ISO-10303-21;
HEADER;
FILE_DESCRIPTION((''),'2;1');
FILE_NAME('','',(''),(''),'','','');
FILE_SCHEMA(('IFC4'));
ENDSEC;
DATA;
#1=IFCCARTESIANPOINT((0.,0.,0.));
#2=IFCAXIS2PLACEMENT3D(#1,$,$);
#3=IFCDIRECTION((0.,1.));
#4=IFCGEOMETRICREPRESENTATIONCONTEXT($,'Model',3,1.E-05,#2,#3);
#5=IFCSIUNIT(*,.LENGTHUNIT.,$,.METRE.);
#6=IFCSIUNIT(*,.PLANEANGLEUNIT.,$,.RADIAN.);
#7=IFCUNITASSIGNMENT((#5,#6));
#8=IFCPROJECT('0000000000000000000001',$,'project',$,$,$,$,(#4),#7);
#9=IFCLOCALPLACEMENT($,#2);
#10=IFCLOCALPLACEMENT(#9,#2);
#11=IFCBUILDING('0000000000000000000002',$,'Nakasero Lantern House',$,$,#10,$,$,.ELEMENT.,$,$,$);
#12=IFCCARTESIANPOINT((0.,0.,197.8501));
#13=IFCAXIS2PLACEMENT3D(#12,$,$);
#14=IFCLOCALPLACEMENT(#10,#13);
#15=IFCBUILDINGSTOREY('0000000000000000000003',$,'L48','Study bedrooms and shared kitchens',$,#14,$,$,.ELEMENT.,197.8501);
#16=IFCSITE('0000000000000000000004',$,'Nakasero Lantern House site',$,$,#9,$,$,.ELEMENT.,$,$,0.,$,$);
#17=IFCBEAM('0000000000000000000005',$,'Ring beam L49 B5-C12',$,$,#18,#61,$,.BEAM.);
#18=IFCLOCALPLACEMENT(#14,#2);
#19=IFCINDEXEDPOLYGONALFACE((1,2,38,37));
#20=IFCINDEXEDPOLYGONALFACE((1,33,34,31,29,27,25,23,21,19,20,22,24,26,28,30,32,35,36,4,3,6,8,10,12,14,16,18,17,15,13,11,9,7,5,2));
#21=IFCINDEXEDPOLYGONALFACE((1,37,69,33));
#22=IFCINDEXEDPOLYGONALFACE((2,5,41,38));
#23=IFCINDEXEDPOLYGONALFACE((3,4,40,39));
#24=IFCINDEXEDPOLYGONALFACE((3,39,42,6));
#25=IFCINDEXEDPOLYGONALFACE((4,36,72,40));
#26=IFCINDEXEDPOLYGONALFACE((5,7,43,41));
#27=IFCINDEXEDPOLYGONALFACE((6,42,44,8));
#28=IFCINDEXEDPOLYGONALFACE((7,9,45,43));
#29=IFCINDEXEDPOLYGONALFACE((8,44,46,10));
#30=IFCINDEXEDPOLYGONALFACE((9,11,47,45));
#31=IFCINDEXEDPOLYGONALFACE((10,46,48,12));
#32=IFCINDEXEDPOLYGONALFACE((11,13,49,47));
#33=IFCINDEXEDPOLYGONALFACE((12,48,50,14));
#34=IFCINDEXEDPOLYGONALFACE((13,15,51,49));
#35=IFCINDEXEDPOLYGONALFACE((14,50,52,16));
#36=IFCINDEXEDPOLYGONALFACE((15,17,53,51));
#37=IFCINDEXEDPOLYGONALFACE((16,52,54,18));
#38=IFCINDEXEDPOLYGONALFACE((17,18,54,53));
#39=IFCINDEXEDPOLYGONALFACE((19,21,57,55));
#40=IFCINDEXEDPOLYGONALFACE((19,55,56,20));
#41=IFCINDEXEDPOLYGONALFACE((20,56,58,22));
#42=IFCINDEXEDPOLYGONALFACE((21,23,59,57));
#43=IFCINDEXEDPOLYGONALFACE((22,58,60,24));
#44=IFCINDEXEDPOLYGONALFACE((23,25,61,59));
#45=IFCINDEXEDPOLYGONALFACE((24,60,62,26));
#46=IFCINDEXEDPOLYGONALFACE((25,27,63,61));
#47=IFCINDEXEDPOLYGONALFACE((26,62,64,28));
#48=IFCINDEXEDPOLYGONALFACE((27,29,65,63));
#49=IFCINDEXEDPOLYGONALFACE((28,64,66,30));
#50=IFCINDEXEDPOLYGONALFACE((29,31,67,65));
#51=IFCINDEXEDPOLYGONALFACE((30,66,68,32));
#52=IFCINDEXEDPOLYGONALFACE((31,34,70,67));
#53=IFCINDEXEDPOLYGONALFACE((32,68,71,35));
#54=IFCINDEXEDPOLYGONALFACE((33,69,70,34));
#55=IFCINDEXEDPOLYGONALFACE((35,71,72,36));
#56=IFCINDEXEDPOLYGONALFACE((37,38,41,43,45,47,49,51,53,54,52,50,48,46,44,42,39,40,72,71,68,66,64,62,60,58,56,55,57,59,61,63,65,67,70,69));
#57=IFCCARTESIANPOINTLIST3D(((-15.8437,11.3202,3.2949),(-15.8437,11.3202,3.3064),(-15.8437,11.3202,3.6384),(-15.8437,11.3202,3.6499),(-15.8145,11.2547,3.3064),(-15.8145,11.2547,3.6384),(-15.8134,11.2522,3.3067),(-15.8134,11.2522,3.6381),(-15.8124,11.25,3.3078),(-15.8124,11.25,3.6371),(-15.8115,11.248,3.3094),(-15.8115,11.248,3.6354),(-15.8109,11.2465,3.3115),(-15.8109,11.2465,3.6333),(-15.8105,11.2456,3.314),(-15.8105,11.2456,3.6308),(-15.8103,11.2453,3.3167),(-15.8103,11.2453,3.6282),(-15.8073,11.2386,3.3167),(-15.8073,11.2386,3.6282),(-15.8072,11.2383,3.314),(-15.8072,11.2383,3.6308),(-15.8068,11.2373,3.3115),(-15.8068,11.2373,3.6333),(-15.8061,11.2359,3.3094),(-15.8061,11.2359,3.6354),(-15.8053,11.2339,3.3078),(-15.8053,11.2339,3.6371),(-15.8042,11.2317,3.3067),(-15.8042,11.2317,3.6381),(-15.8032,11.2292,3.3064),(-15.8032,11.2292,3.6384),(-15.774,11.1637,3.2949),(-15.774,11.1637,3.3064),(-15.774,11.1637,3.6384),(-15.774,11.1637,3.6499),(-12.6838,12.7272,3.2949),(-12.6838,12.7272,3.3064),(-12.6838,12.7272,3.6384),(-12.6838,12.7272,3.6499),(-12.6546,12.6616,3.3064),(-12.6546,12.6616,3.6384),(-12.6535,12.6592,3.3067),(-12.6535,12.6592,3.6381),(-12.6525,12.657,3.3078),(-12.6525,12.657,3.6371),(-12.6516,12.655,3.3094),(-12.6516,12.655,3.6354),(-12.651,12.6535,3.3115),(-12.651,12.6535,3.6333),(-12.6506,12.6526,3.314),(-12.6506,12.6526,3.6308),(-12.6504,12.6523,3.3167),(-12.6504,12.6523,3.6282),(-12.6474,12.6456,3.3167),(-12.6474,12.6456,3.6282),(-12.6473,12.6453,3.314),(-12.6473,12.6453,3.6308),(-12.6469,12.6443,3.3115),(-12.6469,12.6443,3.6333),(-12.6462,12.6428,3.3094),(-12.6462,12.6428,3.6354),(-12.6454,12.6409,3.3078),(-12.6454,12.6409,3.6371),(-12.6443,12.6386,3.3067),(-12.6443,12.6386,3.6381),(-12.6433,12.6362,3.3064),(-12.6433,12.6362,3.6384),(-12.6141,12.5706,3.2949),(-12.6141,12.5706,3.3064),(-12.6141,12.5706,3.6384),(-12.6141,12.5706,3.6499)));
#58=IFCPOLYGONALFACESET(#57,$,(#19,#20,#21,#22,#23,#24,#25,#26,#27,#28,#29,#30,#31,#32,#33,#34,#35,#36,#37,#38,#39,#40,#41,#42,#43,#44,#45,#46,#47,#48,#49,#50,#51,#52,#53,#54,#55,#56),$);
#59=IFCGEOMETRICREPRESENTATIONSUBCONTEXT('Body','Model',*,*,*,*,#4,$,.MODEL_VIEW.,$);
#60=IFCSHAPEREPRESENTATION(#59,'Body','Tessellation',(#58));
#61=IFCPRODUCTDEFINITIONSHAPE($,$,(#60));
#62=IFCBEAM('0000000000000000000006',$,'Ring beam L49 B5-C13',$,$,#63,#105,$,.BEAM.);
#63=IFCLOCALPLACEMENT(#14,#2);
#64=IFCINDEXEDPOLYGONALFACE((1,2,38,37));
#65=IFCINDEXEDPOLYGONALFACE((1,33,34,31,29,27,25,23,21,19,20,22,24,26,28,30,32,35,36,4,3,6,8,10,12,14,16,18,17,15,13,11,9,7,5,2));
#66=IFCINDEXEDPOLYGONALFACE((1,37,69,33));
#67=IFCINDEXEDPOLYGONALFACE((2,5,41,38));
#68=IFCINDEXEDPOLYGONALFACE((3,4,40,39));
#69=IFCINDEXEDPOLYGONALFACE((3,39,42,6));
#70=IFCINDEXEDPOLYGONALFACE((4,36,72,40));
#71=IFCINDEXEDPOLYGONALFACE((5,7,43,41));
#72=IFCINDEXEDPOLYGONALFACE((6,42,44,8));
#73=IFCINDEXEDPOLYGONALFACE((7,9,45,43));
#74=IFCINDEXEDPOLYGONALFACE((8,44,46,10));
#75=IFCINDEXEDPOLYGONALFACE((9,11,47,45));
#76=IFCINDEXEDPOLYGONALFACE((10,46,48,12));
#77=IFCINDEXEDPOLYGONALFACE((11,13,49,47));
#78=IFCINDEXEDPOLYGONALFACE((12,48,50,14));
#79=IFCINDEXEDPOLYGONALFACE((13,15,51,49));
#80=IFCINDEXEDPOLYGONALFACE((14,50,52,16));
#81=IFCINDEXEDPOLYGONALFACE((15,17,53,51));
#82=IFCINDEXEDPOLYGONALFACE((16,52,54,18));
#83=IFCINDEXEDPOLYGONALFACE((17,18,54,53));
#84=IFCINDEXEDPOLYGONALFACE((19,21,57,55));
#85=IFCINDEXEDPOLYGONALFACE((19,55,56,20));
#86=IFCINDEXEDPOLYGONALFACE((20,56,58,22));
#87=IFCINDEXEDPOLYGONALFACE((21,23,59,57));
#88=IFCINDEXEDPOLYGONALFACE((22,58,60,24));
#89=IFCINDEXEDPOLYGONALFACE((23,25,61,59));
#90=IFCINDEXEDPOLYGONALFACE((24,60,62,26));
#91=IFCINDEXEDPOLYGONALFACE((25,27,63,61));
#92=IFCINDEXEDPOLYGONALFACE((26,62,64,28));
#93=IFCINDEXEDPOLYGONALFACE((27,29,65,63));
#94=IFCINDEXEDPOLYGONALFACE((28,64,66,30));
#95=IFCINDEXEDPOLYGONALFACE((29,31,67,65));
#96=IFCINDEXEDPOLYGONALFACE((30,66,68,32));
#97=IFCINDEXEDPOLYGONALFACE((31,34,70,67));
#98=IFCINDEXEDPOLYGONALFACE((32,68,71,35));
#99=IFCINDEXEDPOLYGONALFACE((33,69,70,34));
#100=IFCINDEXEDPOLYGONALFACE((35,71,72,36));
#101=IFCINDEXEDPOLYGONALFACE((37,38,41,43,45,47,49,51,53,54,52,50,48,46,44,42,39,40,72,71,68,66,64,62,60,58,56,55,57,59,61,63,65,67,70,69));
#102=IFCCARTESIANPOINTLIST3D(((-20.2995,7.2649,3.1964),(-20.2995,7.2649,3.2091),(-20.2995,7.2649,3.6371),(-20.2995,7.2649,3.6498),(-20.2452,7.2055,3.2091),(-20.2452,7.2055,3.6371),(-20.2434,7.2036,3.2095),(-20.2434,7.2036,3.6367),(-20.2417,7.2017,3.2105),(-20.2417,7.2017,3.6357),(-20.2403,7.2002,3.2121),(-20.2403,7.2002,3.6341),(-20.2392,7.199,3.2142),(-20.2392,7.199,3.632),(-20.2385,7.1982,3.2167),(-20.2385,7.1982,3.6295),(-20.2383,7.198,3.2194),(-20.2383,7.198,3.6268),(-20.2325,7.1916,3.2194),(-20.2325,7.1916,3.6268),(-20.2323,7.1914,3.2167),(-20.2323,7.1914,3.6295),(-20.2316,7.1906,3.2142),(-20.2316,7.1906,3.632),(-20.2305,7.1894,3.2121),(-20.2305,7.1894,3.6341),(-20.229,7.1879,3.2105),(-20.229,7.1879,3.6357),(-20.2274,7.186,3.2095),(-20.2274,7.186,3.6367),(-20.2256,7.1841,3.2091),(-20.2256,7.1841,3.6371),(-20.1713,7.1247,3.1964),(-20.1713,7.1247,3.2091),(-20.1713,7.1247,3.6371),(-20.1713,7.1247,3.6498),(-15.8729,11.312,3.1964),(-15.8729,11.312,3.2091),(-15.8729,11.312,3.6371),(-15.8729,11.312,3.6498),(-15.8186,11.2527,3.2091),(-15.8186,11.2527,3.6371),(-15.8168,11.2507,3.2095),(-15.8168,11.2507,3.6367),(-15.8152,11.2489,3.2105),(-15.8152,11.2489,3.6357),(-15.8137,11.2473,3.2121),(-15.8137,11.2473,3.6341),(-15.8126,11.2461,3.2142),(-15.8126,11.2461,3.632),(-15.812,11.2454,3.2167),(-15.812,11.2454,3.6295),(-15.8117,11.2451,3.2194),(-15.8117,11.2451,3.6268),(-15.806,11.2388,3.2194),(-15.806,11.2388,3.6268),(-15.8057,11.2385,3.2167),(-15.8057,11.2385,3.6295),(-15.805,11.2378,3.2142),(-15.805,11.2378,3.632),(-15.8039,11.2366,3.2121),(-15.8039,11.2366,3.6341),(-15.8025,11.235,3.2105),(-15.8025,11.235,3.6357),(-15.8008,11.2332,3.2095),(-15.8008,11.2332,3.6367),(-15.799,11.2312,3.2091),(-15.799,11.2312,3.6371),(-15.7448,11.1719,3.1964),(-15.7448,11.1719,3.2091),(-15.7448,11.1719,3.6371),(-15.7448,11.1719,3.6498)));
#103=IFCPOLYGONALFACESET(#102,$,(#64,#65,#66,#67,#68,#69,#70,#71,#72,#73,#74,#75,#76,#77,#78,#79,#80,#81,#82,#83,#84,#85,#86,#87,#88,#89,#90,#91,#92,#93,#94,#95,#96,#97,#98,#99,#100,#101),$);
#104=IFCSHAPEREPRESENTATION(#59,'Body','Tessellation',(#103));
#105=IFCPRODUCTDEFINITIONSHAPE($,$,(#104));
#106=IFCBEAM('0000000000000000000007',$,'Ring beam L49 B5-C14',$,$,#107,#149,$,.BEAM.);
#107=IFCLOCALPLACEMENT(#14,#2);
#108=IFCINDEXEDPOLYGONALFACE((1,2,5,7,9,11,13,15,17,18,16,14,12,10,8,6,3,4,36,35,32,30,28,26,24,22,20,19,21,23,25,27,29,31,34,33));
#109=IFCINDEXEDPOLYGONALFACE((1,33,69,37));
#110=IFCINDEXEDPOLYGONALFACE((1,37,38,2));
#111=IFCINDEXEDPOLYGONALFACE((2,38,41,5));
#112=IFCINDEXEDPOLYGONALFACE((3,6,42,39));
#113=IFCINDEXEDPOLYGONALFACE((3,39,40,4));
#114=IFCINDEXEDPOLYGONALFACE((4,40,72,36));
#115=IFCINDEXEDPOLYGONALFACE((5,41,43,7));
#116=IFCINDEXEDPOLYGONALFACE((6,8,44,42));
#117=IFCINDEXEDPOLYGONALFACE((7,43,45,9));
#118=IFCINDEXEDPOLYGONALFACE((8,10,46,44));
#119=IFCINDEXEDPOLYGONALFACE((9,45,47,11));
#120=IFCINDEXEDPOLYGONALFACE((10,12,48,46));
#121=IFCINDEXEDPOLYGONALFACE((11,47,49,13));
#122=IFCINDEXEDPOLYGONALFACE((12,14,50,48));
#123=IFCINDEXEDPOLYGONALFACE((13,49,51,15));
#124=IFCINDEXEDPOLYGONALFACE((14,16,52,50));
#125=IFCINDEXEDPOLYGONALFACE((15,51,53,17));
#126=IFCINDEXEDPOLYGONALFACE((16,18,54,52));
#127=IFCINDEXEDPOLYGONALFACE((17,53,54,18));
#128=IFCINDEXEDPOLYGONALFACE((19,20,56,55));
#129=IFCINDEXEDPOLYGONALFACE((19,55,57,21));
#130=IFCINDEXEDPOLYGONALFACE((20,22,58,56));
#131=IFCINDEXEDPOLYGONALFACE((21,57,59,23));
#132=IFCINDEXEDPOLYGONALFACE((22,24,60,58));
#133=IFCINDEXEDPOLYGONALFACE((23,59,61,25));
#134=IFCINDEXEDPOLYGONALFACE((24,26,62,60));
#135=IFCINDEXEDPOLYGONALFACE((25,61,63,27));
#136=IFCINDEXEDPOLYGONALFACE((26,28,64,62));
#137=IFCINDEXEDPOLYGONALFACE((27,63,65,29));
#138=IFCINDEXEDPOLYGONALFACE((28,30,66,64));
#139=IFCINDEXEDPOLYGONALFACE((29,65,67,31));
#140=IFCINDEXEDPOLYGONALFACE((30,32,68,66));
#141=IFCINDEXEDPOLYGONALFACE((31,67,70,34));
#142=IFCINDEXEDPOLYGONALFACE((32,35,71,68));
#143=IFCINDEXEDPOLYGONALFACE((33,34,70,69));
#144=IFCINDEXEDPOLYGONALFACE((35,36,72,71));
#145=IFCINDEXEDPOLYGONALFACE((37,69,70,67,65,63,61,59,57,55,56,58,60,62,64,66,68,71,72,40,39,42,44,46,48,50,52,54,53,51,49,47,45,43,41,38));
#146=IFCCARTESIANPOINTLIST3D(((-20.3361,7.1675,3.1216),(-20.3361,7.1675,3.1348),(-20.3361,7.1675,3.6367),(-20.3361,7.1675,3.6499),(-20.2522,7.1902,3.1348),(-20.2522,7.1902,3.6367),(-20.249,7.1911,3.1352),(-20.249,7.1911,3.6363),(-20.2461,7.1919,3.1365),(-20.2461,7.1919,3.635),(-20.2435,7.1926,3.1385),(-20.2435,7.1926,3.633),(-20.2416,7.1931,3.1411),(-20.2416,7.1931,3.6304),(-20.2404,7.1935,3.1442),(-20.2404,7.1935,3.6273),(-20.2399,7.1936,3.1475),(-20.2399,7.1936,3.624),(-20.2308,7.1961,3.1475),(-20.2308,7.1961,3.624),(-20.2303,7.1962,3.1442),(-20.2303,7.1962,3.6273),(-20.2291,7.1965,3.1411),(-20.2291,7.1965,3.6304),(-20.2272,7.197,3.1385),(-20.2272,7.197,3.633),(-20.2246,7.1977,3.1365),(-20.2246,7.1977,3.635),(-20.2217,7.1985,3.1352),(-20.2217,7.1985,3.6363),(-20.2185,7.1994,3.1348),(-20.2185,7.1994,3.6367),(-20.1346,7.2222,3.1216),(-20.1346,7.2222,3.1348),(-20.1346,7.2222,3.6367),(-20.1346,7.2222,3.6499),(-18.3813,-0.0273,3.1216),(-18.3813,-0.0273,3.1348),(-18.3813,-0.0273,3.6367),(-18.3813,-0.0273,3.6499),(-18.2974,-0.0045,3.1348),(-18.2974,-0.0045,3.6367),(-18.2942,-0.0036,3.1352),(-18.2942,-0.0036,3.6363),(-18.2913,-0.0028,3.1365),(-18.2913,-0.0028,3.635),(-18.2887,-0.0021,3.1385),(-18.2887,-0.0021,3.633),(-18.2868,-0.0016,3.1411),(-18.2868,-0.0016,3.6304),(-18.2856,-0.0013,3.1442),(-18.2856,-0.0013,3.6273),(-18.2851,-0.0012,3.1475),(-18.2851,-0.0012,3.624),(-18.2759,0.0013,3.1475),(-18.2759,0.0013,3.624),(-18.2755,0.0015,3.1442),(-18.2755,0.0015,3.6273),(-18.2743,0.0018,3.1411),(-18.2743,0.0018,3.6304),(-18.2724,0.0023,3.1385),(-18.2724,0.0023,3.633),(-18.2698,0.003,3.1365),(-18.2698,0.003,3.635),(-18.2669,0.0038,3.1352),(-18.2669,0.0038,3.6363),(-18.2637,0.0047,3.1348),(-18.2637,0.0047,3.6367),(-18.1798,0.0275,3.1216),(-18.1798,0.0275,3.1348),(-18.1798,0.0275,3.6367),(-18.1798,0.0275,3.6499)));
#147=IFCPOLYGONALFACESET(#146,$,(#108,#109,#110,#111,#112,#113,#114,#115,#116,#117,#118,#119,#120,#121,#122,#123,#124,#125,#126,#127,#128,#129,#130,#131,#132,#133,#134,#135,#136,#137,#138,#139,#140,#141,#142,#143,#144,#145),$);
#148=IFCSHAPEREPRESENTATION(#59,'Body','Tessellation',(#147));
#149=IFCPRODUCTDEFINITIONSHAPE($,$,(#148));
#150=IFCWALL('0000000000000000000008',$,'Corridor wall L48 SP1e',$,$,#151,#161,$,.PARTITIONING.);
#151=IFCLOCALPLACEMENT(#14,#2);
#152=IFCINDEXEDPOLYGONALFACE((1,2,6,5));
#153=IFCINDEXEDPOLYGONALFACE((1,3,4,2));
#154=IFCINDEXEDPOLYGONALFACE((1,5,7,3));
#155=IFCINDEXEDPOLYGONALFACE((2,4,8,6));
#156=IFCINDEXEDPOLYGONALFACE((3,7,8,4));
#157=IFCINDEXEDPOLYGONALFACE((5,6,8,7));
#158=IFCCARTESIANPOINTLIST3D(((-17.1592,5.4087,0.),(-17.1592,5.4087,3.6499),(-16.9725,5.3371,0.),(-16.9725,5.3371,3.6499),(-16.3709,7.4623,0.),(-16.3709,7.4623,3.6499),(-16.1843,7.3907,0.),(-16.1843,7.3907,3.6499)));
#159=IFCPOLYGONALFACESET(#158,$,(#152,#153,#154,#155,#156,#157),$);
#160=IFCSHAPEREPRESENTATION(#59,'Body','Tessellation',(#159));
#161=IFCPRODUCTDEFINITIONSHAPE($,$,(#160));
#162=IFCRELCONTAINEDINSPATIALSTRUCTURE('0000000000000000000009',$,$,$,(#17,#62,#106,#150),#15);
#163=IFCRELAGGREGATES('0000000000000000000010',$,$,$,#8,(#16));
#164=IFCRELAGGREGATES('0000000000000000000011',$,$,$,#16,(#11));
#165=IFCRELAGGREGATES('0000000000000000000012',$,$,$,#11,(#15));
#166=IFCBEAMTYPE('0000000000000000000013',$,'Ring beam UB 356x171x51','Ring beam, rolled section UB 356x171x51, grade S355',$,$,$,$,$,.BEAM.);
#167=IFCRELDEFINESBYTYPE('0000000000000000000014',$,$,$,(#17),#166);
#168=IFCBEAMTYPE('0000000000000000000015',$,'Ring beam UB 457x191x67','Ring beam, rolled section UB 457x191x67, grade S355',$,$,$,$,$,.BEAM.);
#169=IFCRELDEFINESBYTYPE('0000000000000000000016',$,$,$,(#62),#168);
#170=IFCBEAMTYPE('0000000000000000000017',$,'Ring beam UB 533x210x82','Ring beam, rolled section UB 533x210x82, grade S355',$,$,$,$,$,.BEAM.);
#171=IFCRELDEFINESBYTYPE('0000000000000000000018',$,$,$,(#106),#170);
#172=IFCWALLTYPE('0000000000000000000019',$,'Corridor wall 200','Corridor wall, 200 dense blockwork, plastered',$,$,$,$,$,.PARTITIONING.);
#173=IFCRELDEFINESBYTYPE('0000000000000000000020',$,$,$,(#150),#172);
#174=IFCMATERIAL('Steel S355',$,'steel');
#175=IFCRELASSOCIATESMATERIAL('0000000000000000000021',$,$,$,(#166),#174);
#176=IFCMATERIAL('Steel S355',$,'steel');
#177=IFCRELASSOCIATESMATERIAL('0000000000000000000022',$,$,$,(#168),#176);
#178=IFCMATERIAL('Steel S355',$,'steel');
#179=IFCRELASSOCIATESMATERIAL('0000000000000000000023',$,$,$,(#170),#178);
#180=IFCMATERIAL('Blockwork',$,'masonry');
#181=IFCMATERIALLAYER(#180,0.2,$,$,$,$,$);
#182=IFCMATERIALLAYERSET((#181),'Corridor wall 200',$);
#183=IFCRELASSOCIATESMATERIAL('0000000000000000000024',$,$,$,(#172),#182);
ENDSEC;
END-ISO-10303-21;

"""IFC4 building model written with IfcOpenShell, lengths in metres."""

from ifc_helpers import new_model, si_unit, direction, frame, frame_2d, origin, origin_2d, place, context, subcontext, project, spatial, rectangle, i_section, extrude, material, layer, layer_set, material_profile, profile_set, type_object, element, save


model = new_model("IFC4")

# Units and contexts
model_context = context("Model", 3, precision=1e-05, world=origin(), true_north=direction((0.0, 1.0)))
body_context = subcontext(model_context, "Body", "Model", "MODEL_VIEW")
ifc_project = project(units=[si_unit("LENGTHUNIT", "METRE"), si_unit("PLANEANGLEUNIT", "RADIAN")], contexts=[model_context])

# Site, building, storey
site_placement = place(None, origin())
site = spatial("IfcSite", under=ifc_project, at=site_placement, Name="Nakasero Lantern House site", CompositionType="ELEMENT", RefElevation=0.0)
building_placement = place(site_placement, origin())
building = spatial("IfcBuilding", under=site, at=building_placement, Name="Nakasero Lantern House", CompositionType="ELEMENT")
storey_placement = place(building_placement, frame((0.0, 0.0, 197.8501)))
storey = spatial("IfcBuildingStorey", under=building, at=storey_placement, Name="L48", Description="Study bedrooms and shared kitchens", CompositionType="ELEMENT", Elevation=197.8501)

# Beams
ifc_material_1 = material(Name="Steel S355", Category="steel")
ifc_material_profile_1 = material_profile(ifc_material_1, i_section(OverallWidth=0.1714, OverallDepth=0.355, WebThickness=0.0073, FlangeThickness=0.0115, FilletRadius=0.0103, at=origin_2d()), Name="UB 356x171x51")
ifc_profile_set_1 = profile_set([ifc_material_profile_1], Name="Steel S355")
beam_type_1 = type_object("IfcBeamType", Name="Ring beam UB 356x171x51", Description="Ring beam, rolled section UB 356x171x51, grade S355", PredefinedType="BEAM", material=ifc_profile_set_1)
beam_1_placement = place(storey_placement, frame((-12.6489, 12.6489, 3.4724), z_axis=(-0.913535, -0.406761, 0.0), x_axis=(0.406761, -0.913535, 0.0)))
element("IfcBeam", 1, at=beam_1_placement, inside=storey, type_object=beam_type_1, Name="Ring beam L49 B5-C12", PredefinedType="BEAM", context=body_context, shape_type="SweptSolid", body=[
    extrude(i_section(OverallWidth=0.1714, OverallDepth=0.355, WebThickness=0.0073, FlangeThickness=0.0115, FilletRadius=0.0103, at=origin_2d()), origin(), (0.0, 0.0, 1.0), 3.459),
])
ifc_material_2 = material(Name="Steel S355", Category="steel")
ifc_material_profile_2 = material_profile(ifc_material_2, i_section(OverallWidth=0.1899, OverallDepth=0.4534, WebThickness=0.0085, FlangeThickness=0.0127, FilletRadius=0.0103, at=origin_2d()), Name="UB 457x191x67")
ifc_profile_set_2 = profile_set([ifc_material_profile_2], Name="Steel S355")
beam_type_2 = type_object("IfcBeamType", Name="Ring beam UB 457x191x67", Description="Ring beam, rolled section UB 457x191x67, grade S355", PredefinedType="BEAM", material=ifc_profile_set_2)
beam_2_placement = place(storey_placement, frame((-15.8088, 11.2419, 3.4231), z_axis=(-0.738027, -0.674771, 0.0), x_axis=(0.674771, -0.738027, 0.0)))
element("IfcBeam", 2, at=beam_2_placement, inside=storey, type_object=beam_type_2, Name="Ring beam L49 B5-C13", PredefinedType="BEAM", context=body_context, shape_type="SweptSolid", body=[
    extrude(i_section(OverallWidth=0.1899, OverallDepth=0.4534, WebThickness=0.0085, FlangeThickness=0.0127, FilletRadius=0.0103, at=origin_2d()), origin(), (0.0, 0.0, 1.0), 5.9978),
])
ifc_material_3 = material(Name="Steel S355", Category="steel")
ifc_material_profile_3 = material_profile(ifc_material_3, i_section(OverallWidth=0.2087, OverallDepth=0.5283, WebThickness=0.0095, FlangeThickness=0.0132, FilletRadius=0.0127, at=origin_2d()), Name="UB 533x210x82")
ifc_profile_set_3 = profile_set([ifc_material_profile_3], Name="Steel S355")
beam_type_3 = type_object("IfcBeamType", Name="Ring beam UB 533x210x82", Description="Ring beam, rolled section UB 533x210x82, grade S355", PredefinedType="BEAM", material=ifc_profile_set_3)
beam_3_placement = place(storey_placement, frame((-20.2354, 7.1948, 3.3857), z_axis=(0.262195, -0.965015, 0.0), x_axis=(0.965015, 0.262195, 0.0)))
element("IfcBeam", 3, at=beam_3_placement, inside=storey, type_object=beam_type_3, Name="Ring beam L49 B5-C14", PredefinedType="BEAM", context=body_context, shape_type="SweptSolid", body=[
    extrude(i_section(OverallWidth=0.2087, OverallDepth=0.5283, WebThickness=0.0095, FlangeThickness=0.0132, FilletRadius=0.0127, at=origin_2d()), origin(), (0.0, 0.0, 1.0), 7.4556),
])

# Wall
ifc_material_4 = material(Name="Blockwork", Category="masonry")
ifc_layer_1 = layer(ifc_material_4, 0.2)
ifc_layer_set_1 = layer_set([ifc_layer_1], Name="Corridor wall 200")
wall_type_1 = type_object("IfcWallType", Name="Corridor wall 200", Description="Corridor wall, 200 dense blockwork, plastered", PredefinedType="PARTITIONING", material=ifc_layer_set_1)
wall_1_placement = place(storey_placement, frame((-16.2776, 7.4265, 0.0), z_axis=(0.0, 0.0, 1.0), x_axis=(-0.358362, -0.933583, 0.0)))
element("IfcWall", 4, at=wall_1_placement, inside=storey, type_object=wall_type_1, Name="Corridor wall L48 SP1e", PredefinedType="PARTITIONING", context=body_context, shape_type="SweptSolid", body=[
    extrude(rectangle(XDim=2.1997, YDim=0.2, at=frame_2d((1.0999, 0.0))), origin(), (0.0, 0.0, 1.0), 3.6499),
])

save(model, "model.ifc")
